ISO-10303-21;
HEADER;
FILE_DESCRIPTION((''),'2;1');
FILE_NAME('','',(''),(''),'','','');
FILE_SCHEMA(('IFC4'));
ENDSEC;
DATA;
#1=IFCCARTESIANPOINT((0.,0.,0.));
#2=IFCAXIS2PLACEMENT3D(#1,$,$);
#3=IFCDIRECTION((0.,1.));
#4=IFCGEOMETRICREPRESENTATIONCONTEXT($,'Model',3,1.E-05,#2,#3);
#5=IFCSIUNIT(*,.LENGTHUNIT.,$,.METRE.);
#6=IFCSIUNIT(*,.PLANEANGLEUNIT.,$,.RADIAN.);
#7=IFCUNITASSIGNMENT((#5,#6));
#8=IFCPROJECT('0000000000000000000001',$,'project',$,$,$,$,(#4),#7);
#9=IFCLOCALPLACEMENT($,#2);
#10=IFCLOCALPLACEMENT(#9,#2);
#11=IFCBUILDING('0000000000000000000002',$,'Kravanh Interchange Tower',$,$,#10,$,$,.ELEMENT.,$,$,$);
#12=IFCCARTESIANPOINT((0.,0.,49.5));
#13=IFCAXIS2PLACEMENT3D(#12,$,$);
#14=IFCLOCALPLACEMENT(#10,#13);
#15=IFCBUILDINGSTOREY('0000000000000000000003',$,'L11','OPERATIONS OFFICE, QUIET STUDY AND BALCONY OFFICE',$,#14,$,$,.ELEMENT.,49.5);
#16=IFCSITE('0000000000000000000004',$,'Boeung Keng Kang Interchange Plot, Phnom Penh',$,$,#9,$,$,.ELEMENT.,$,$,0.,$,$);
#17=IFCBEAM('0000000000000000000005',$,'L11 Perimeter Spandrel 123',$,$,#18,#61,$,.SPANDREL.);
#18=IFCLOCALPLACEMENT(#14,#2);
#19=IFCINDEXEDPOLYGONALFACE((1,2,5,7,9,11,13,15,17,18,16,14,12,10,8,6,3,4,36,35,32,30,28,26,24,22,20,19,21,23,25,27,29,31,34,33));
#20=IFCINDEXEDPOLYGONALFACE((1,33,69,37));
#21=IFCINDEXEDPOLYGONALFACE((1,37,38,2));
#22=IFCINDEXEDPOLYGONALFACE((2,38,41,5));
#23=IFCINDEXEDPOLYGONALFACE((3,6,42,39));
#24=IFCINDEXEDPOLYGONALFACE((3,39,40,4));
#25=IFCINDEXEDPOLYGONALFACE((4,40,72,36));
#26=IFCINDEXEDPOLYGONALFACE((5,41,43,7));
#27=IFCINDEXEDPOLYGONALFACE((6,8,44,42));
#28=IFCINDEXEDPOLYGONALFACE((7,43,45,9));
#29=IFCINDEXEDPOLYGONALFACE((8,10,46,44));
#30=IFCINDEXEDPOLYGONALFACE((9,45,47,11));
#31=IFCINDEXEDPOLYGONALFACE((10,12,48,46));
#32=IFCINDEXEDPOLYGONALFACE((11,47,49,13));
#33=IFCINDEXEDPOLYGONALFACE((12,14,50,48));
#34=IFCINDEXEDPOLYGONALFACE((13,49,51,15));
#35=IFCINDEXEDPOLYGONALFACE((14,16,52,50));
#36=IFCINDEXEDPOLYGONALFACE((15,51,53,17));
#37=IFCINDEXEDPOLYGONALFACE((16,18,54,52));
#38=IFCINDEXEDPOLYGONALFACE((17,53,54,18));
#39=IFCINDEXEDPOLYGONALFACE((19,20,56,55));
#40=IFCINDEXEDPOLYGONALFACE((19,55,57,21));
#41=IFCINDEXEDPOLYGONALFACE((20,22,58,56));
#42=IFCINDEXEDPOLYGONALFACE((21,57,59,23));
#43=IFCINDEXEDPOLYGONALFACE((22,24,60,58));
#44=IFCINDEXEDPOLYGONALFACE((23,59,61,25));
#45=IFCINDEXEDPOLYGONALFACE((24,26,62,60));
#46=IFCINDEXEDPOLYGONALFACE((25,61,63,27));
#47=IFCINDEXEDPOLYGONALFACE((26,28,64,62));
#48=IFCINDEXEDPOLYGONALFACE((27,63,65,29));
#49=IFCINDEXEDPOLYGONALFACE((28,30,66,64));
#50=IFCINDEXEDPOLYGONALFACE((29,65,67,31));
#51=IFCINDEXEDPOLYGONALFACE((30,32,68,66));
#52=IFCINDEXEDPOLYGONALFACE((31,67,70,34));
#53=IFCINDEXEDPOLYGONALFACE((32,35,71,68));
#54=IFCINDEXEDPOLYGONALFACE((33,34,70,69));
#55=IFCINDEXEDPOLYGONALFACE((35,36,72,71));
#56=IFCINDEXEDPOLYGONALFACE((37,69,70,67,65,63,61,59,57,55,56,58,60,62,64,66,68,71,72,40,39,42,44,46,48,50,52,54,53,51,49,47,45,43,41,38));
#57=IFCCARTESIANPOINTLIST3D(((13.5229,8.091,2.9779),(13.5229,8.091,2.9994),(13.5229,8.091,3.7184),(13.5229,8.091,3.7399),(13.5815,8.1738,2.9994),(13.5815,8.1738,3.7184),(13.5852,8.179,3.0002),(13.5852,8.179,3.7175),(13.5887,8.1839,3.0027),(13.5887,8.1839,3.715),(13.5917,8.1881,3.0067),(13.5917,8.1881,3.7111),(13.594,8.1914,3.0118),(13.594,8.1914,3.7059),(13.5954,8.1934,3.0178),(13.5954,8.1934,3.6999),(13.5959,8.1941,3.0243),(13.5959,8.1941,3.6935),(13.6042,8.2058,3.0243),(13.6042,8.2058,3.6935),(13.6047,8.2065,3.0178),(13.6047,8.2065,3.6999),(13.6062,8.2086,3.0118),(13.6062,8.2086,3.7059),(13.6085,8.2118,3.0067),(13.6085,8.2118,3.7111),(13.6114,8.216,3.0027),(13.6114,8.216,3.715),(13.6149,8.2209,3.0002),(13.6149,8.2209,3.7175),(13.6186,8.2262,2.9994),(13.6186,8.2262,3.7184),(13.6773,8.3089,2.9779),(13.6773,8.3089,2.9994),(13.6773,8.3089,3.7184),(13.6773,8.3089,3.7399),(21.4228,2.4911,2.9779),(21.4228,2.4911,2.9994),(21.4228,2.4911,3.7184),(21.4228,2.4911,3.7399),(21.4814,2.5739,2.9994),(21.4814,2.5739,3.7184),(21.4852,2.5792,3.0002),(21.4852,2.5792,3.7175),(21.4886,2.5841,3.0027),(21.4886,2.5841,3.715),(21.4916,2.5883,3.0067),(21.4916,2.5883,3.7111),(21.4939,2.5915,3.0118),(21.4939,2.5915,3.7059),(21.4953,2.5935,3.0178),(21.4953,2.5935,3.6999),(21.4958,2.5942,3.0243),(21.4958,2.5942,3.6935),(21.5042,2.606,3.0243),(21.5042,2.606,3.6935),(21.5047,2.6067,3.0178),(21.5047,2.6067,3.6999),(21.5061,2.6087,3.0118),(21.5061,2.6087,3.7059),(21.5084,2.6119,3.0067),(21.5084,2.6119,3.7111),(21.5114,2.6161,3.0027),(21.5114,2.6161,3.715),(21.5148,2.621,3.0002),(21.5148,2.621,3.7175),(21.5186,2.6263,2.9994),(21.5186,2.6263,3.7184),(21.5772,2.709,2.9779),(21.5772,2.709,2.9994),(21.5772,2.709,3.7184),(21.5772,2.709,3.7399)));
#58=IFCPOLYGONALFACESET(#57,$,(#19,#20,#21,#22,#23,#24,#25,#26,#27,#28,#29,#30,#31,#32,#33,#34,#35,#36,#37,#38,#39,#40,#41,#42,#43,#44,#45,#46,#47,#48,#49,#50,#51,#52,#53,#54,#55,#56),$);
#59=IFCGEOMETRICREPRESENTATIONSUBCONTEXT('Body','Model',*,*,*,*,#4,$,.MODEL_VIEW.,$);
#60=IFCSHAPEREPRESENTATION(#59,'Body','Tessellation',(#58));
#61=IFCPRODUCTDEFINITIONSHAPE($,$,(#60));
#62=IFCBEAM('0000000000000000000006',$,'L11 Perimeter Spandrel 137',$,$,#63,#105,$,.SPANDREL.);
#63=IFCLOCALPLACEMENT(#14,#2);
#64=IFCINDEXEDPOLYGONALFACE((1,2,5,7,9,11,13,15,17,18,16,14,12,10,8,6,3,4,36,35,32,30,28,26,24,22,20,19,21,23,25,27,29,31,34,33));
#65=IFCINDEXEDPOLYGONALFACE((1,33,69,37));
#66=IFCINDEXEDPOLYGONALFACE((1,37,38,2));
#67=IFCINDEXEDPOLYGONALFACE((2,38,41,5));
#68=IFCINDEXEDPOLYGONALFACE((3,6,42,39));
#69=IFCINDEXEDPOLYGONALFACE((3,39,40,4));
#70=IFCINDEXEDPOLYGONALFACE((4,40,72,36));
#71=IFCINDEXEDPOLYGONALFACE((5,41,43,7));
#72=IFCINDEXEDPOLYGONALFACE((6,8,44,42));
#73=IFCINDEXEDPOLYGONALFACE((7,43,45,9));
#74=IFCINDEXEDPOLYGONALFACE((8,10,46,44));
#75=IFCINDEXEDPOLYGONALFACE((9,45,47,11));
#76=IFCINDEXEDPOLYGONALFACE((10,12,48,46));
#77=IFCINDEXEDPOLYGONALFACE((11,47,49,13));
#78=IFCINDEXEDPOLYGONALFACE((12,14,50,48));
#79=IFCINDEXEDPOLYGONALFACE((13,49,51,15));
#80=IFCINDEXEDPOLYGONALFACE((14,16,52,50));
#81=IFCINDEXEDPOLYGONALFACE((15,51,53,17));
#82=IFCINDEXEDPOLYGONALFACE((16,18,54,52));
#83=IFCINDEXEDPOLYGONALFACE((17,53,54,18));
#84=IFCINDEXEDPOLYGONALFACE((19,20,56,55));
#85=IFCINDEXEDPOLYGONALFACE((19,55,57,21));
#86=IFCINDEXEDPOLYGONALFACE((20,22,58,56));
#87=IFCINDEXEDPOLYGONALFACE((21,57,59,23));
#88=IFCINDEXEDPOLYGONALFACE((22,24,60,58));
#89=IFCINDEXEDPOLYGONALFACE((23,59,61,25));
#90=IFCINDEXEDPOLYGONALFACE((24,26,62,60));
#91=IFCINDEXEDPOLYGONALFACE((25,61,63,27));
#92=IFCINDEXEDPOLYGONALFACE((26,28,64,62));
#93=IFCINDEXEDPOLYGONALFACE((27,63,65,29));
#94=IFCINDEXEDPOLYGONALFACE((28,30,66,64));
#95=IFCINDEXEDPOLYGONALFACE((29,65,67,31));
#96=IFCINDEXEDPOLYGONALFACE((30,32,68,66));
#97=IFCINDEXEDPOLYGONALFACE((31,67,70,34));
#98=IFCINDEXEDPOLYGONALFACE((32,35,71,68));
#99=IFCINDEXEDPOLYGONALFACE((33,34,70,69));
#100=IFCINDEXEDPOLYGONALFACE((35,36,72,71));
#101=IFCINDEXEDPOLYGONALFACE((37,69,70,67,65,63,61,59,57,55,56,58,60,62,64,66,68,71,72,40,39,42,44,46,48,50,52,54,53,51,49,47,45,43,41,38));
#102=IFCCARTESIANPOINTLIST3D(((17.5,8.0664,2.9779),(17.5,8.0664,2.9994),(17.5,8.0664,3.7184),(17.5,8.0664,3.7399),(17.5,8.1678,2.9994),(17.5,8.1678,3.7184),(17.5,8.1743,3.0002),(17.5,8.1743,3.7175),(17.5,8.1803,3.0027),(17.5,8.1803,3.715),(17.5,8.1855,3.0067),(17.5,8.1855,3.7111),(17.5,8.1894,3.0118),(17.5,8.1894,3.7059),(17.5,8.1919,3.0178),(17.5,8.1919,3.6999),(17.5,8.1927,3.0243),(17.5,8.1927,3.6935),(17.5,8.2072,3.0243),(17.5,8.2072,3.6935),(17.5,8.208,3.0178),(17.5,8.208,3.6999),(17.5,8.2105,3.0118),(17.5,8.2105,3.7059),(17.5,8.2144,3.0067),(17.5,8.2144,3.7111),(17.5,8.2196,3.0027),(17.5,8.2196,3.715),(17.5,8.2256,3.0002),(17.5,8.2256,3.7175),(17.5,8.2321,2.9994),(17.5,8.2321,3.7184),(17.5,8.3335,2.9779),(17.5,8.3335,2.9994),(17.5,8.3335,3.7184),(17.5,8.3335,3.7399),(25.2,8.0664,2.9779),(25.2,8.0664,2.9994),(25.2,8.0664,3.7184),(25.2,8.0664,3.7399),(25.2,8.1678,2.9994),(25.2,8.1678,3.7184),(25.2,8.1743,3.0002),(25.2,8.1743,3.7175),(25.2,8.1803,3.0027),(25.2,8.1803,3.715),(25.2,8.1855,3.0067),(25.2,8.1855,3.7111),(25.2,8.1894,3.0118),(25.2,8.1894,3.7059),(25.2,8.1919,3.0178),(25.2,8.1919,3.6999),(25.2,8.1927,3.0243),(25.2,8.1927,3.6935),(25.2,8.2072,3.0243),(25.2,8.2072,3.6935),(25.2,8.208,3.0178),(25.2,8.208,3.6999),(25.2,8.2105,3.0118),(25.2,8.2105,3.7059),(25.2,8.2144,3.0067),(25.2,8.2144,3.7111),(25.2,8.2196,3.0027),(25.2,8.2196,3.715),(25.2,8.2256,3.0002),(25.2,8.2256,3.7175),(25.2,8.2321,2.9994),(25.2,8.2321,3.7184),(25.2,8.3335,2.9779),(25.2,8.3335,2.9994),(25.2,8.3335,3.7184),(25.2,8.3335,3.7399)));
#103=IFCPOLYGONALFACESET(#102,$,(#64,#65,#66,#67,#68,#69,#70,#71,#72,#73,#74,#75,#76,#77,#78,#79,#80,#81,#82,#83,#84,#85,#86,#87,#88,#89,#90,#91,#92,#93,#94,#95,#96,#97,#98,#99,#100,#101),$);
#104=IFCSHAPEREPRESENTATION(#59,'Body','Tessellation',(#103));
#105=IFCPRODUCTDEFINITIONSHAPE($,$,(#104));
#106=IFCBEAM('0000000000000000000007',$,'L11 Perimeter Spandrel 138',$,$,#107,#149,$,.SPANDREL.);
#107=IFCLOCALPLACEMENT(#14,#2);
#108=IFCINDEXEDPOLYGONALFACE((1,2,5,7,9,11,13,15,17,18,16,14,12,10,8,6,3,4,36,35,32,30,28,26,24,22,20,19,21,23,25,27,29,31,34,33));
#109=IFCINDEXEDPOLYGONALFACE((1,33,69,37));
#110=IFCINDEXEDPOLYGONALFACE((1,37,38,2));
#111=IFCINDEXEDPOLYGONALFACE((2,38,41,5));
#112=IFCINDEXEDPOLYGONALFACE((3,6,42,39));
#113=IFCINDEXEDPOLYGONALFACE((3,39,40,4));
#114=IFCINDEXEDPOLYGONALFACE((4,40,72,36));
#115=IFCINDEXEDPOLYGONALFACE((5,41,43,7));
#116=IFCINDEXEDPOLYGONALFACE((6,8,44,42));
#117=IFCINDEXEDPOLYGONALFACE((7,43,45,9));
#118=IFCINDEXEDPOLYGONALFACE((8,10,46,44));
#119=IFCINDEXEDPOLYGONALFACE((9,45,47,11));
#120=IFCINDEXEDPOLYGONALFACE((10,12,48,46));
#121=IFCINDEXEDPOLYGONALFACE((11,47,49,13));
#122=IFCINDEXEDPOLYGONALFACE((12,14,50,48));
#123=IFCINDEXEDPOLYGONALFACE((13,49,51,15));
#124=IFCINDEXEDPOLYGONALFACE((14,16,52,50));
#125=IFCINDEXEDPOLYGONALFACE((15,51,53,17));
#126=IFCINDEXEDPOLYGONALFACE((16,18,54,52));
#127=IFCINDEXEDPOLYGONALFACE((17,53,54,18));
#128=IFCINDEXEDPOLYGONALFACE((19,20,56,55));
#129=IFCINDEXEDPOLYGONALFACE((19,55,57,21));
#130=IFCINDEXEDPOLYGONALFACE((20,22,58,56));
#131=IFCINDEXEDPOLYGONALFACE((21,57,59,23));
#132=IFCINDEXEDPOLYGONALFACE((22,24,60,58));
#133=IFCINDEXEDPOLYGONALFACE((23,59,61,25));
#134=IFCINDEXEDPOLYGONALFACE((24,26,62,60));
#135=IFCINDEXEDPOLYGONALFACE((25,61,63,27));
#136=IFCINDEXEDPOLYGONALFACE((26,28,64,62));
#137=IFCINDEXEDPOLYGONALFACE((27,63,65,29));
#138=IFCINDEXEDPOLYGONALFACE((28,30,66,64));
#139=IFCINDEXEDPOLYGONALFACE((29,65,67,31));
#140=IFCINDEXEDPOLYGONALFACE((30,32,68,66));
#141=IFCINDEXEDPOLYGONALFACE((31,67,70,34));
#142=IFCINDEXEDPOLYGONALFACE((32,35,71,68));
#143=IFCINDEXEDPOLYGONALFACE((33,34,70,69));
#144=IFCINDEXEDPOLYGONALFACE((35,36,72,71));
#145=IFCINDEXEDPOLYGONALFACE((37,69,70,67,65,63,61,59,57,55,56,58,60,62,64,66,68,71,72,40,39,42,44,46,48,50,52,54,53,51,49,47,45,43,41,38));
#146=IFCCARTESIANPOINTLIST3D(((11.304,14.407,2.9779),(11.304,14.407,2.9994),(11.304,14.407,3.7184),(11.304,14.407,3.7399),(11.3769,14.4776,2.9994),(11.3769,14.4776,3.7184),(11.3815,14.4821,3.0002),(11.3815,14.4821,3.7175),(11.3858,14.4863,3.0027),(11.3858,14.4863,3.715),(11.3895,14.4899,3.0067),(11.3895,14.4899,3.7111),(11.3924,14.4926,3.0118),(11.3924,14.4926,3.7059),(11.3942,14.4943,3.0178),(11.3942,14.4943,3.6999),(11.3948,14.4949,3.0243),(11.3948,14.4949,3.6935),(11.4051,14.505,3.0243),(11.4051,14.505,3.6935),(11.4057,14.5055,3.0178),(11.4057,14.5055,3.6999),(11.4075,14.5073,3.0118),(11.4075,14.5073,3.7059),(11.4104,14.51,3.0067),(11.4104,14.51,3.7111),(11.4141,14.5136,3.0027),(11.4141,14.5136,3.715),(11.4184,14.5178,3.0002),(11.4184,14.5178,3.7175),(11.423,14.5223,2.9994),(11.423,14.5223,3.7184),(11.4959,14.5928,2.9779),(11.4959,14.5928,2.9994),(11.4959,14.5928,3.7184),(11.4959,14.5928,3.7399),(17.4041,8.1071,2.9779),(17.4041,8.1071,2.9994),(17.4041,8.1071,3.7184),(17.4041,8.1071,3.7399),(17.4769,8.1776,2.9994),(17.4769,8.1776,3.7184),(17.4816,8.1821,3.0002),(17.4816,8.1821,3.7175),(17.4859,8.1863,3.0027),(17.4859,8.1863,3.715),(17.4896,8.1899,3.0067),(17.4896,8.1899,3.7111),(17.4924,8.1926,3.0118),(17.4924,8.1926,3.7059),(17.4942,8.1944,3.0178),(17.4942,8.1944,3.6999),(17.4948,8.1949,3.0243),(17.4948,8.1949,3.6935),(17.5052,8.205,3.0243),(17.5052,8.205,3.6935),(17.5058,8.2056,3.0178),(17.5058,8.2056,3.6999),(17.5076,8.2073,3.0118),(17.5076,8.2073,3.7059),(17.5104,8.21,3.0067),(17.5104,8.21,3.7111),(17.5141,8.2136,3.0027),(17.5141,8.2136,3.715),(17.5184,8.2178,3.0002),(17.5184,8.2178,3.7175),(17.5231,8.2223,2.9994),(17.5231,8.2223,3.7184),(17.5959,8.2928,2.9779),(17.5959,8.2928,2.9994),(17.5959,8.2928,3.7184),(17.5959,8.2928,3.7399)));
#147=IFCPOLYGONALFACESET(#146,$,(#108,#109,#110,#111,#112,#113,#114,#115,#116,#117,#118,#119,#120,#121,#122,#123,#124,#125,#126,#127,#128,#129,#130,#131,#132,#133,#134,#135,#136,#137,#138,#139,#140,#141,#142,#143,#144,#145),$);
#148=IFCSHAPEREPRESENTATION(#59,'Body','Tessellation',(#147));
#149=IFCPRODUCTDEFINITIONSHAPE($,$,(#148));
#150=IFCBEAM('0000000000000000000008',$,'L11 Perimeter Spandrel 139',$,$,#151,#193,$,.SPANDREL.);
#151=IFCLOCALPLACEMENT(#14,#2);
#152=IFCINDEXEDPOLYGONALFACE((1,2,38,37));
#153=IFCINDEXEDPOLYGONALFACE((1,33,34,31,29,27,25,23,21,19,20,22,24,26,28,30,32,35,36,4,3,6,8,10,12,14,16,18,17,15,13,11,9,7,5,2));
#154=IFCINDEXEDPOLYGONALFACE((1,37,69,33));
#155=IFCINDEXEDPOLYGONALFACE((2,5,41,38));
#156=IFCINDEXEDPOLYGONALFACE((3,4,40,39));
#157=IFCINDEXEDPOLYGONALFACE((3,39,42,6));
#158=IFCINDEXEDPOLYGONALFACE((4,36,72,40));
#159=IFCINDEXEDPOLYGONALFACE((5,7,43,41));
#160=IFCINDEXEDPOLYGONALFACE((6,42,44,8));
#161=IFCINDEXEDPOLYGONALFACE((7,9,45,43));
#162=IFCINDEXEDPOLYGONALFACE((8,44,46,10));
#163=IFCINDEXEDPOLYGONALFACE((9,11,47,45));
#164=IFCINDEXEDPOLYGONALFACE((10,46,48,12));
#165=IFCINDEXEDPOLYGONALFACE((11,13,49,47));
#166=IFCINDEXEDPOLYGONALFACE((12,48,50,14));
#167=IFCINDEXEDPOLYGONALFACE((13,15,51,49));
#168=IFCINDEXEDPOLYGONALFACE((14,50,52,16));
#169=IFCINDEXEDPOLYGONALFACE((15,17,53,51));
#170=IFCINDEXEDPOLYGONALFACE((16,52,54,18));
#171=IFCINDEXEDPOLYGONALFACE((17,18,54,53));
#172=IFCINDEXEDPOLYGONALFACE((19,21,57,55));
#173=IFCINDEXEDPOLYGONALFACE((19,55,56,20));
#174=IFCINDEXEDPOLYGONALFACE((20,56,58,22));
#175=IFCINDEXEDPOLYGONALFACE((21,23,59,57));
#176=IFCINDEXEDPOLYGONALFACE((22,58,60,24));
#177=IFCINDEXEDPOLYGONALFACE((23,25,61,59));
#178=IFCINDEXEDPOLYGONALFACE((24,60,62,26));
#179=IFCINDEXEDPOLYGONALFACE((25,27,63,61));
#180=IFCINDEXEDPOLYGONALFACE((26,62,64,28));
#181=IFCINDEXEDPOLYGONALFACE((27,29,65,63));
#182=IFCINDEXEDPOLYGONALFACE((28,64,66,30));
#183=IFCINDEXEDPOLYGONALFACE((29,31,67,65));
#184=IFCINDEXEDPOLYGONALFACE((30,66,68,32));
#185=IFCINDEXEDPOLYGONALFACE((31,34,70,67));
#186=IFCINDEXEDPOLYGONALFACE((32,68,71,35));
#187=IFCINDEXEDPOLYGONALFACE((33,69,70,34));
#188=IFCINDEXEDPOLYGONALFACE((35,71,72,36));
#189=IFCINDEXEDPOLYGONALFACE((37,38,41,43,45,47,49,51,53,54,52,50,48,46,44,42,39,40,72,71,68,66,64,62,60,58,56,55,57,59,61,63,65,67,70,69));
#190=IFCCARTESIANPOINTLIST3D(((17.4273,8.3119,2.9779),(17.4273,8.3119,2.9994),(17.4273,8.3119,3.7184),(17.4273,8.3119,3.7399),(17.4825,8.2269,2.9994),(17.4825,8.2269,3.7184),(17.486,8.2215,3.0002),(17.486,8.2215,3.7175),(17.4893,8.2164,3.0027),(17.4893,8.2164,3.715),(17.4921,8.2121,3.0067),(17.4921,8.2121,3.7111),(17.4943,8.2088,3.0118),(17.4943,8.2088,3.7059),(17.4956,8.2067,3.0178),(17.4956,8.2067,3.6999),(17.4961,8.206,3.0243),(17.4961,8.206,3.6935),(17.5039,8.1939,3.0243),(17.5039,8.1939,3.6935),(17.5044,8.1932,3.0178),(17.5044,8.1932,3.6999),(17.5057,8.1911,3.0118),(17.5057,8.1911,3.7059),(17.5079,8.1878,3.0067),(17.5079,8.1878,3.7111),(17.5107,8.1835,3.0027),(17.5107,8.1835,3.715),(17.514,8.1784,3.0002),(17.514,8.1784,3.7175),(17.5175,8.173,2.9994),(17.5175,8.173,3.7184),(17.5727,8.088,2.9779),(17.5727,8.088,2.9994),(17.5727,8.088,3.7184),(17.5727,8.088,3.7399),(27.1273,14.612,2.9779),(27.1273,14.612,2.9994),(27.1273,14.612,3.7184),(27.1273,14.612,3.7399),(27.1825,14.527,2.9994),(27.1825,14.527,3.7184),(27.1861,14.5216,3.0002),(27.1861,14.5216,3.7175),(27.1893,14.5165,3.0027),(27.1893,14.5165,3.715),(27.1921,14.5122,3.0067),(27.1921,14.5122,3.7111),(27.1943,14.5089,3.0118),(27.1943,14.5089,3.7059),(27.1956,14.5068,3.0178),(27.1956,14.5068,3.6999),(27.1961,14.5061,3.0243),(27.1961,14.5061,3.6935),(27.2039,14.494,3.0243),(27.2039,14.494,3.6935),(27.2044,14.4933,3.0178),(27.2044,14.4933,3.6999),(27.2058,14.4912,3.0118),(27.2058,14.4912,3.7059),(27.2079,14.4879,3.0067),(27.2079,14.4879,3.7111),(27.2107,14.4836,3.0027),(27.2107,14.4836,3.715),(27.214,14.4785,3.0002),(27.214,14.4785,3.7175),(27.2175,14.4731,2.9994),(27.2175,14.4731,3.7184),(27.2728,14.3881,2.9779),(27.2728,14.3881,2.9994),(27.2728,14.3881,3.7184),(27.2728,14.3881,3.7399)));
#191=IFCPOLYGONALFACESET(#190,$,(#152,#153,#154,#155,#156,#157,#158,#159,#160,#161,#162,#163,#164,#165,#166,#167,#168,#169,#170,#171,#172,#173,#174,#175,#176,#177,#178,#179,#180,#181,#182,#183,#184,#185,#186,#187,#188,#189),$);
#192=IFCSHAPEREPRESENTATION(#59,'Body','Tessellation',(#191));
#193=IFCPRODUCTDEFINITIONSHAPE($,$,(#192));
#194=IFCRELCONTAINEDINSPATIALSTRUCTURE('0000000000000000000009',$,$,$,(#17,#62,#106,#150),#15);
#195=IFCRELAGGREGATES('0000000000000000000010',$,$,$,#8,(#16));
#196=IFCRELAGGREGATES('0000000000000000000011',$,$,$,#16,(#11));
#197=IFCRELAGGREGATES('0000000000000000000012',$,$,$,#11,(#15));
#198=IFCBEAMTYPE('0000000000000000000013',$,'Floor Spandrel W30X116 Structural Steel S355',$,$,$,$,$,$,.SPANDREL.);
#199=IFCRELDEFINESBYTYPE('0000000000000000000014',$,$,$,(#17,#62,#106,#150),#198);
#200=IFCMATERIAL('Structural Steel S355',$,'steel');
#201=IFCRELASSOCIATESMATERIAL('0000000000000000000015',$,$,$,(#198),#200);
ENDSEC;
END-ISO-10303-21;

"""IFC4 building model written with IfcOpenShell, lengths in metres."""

from ifc_helpers import new_model, si_unit, direction, frame, origin, origin_2d, place, context, subcontext, project, spatial, i_section, extrude, material, material_profile, profile_set, type_object, element, save


model = new_model("IFC4")

# Units and contexts
model_context = context("Model", 3, precision=1e-05, world=origin(), true_north=direction((0.0, 1.0)))
body_context = subcontext(model_context, "Body", "Model", "MODEL_VIEW")
ifc_project = project(units=[si_unit("LENGTHUNIT", "METRE"), si_unit("PLANEANGLEUNIT", "RADIAN")], contexts=[model_context])

# Site, building, storey
site_placement = place(None, origin())
site = spatial("IfcSite", under=ifc_project, at=site_placement, Name="Boeung Keng Kang Interchange Plot, Phnom Penh", CompositionType="ELEMENT", RefElevation=0.0)
building_placement = place(site_placement, origin())
building = spatial("IfcBuilding", under=site, at=building_placement, Name="Kravanh Interchange Tower", CompositionType="ELEMENT")
storey_placement = place(building_placement, frame((0.0, 0.0, 49.5)))
storey = spatial("IfcBuildingStorey", under=building, at=storey_placement, Name="L11", Description="OPERATIONS OFFICE, QUIET STUDY AND BALCONY OFFICE", CompositionType="ELEMENT", Elevation=49.5)

# Beams
ifc_material_1 = material(Name="Structural Steel S355", Category="steel")
ifc_material_profile_1 = material_profile(ifc_material_1, i_section(OverallWidth=0.2671, OverallDepth=0.762, WebThickness=0.0144, FlangeThickness=0.0215, FilletRadius=0.0249, at=origin_2d()), Name="W30X116")
ifc_profile_set_1 = profile_set([ifc_material_profile_1], Name="Structural Steel S355")
beam_type_1 = type_object("IfcBeamType", Name="Floor Spandrel W30X116 Structural Steel S355", PredefinedType="SPANDREL", material=ifc_profile_set_1)
beam_1_placement = place(storey_placement, frame((21.5, 2.6001, 3.3589), z_axis=(-0.815825, 0.578299, 0.0), x_axis=(-0.578299, -0.815825, 0.0)))
element("IfcBeam", 1, at=beam_1_placement, inside=storey, type_object=beam_type_1, Name="L11 Perimeter Spandrel 123", PredefinedType="SPANDREL", context=body_context, shape_type="SweptSolid", body=[
    extrude(i_section(OverallWidth=0.2671, OverallDepth=0.762, WebThickness=0.0144, FlangeThickness=0.0215, FilletRadius=0.0249, at=origin_2d()), origin(), (0.0, 0.0, 1.0), 9.6833),
])
beam_2_placement = place(storey_placement, frame((17.5, 8.2, 3.3589), z_axis=(1.0, 0.0, 0.0), x_axis=(0.0, 1.0, 0.0)))
element("IfcBeam", 2, at=beam_2_placement, inside=storey, type_object=beam_type_1, Name="L11 Perimeter Spandrel 137", PredefinedType="SPANDREL", context=body_context, shape_type="SweptSolid", body=[
    extrude(i_section(OverallWidth=0.2671, OverallDepth=0.762, WebThickness=0.0144, FlangeThickness=0.0215, FilletRadius=0.0249, at=origin_2d()), origin(), (0.0, 0.0, 1.0), 7.7),
])
beam_3_placement = place(storey_placement, frame((17.5, 8.2, 3.3589), z_axis=(-0.695614, 0.718415, 0.0), x_axis=(-0.718415, -0.695614, 0.0)))
element("IfcBeam", 3, at=beam_3_placement, inside=storey, type_object=beam_type_1, Name="L11 Perimeter Spandrel 138", PredefinedType="SPANDREL", context=body_context, shape_type="SweptSolid", body=[
    extrude(i_section(OverallWidth=0.2671, OverallDepth=0.762, WebThickness=0.0144, FlangeThickness=0.0215, FilletRadius=0.0249, at=origin_2d()), origin(), (0.0, 0.0, 1.0), 8.7693),
])
beam_4_placement = place(storey_placement, frame((17.5, 8.2, 3.3589), z_axis=(0.838638, 0.544689, 0.0), x_axis=(-0.544689, 0.838638, 0.0)))
element("IfcBeam", 4, at=beam_4_placement, inside=storey, type_object=beam_type_1, Name="L11 Perimeter Spandrel 139", PredefinedType="SPANDREL", context=body_context, shape_type="SweptSolid", body=[
    extrude(i_section(OverallWidth=0.2671, OverallDepth=0.762, WebThickness=0.0144, FlangeThickness=0.0215, FilletRadius=0.0249, at=origin_2d()), origin(), (0.0, 0.0, 1.0), 11.5664),
])

save(model, "model.ifc")
